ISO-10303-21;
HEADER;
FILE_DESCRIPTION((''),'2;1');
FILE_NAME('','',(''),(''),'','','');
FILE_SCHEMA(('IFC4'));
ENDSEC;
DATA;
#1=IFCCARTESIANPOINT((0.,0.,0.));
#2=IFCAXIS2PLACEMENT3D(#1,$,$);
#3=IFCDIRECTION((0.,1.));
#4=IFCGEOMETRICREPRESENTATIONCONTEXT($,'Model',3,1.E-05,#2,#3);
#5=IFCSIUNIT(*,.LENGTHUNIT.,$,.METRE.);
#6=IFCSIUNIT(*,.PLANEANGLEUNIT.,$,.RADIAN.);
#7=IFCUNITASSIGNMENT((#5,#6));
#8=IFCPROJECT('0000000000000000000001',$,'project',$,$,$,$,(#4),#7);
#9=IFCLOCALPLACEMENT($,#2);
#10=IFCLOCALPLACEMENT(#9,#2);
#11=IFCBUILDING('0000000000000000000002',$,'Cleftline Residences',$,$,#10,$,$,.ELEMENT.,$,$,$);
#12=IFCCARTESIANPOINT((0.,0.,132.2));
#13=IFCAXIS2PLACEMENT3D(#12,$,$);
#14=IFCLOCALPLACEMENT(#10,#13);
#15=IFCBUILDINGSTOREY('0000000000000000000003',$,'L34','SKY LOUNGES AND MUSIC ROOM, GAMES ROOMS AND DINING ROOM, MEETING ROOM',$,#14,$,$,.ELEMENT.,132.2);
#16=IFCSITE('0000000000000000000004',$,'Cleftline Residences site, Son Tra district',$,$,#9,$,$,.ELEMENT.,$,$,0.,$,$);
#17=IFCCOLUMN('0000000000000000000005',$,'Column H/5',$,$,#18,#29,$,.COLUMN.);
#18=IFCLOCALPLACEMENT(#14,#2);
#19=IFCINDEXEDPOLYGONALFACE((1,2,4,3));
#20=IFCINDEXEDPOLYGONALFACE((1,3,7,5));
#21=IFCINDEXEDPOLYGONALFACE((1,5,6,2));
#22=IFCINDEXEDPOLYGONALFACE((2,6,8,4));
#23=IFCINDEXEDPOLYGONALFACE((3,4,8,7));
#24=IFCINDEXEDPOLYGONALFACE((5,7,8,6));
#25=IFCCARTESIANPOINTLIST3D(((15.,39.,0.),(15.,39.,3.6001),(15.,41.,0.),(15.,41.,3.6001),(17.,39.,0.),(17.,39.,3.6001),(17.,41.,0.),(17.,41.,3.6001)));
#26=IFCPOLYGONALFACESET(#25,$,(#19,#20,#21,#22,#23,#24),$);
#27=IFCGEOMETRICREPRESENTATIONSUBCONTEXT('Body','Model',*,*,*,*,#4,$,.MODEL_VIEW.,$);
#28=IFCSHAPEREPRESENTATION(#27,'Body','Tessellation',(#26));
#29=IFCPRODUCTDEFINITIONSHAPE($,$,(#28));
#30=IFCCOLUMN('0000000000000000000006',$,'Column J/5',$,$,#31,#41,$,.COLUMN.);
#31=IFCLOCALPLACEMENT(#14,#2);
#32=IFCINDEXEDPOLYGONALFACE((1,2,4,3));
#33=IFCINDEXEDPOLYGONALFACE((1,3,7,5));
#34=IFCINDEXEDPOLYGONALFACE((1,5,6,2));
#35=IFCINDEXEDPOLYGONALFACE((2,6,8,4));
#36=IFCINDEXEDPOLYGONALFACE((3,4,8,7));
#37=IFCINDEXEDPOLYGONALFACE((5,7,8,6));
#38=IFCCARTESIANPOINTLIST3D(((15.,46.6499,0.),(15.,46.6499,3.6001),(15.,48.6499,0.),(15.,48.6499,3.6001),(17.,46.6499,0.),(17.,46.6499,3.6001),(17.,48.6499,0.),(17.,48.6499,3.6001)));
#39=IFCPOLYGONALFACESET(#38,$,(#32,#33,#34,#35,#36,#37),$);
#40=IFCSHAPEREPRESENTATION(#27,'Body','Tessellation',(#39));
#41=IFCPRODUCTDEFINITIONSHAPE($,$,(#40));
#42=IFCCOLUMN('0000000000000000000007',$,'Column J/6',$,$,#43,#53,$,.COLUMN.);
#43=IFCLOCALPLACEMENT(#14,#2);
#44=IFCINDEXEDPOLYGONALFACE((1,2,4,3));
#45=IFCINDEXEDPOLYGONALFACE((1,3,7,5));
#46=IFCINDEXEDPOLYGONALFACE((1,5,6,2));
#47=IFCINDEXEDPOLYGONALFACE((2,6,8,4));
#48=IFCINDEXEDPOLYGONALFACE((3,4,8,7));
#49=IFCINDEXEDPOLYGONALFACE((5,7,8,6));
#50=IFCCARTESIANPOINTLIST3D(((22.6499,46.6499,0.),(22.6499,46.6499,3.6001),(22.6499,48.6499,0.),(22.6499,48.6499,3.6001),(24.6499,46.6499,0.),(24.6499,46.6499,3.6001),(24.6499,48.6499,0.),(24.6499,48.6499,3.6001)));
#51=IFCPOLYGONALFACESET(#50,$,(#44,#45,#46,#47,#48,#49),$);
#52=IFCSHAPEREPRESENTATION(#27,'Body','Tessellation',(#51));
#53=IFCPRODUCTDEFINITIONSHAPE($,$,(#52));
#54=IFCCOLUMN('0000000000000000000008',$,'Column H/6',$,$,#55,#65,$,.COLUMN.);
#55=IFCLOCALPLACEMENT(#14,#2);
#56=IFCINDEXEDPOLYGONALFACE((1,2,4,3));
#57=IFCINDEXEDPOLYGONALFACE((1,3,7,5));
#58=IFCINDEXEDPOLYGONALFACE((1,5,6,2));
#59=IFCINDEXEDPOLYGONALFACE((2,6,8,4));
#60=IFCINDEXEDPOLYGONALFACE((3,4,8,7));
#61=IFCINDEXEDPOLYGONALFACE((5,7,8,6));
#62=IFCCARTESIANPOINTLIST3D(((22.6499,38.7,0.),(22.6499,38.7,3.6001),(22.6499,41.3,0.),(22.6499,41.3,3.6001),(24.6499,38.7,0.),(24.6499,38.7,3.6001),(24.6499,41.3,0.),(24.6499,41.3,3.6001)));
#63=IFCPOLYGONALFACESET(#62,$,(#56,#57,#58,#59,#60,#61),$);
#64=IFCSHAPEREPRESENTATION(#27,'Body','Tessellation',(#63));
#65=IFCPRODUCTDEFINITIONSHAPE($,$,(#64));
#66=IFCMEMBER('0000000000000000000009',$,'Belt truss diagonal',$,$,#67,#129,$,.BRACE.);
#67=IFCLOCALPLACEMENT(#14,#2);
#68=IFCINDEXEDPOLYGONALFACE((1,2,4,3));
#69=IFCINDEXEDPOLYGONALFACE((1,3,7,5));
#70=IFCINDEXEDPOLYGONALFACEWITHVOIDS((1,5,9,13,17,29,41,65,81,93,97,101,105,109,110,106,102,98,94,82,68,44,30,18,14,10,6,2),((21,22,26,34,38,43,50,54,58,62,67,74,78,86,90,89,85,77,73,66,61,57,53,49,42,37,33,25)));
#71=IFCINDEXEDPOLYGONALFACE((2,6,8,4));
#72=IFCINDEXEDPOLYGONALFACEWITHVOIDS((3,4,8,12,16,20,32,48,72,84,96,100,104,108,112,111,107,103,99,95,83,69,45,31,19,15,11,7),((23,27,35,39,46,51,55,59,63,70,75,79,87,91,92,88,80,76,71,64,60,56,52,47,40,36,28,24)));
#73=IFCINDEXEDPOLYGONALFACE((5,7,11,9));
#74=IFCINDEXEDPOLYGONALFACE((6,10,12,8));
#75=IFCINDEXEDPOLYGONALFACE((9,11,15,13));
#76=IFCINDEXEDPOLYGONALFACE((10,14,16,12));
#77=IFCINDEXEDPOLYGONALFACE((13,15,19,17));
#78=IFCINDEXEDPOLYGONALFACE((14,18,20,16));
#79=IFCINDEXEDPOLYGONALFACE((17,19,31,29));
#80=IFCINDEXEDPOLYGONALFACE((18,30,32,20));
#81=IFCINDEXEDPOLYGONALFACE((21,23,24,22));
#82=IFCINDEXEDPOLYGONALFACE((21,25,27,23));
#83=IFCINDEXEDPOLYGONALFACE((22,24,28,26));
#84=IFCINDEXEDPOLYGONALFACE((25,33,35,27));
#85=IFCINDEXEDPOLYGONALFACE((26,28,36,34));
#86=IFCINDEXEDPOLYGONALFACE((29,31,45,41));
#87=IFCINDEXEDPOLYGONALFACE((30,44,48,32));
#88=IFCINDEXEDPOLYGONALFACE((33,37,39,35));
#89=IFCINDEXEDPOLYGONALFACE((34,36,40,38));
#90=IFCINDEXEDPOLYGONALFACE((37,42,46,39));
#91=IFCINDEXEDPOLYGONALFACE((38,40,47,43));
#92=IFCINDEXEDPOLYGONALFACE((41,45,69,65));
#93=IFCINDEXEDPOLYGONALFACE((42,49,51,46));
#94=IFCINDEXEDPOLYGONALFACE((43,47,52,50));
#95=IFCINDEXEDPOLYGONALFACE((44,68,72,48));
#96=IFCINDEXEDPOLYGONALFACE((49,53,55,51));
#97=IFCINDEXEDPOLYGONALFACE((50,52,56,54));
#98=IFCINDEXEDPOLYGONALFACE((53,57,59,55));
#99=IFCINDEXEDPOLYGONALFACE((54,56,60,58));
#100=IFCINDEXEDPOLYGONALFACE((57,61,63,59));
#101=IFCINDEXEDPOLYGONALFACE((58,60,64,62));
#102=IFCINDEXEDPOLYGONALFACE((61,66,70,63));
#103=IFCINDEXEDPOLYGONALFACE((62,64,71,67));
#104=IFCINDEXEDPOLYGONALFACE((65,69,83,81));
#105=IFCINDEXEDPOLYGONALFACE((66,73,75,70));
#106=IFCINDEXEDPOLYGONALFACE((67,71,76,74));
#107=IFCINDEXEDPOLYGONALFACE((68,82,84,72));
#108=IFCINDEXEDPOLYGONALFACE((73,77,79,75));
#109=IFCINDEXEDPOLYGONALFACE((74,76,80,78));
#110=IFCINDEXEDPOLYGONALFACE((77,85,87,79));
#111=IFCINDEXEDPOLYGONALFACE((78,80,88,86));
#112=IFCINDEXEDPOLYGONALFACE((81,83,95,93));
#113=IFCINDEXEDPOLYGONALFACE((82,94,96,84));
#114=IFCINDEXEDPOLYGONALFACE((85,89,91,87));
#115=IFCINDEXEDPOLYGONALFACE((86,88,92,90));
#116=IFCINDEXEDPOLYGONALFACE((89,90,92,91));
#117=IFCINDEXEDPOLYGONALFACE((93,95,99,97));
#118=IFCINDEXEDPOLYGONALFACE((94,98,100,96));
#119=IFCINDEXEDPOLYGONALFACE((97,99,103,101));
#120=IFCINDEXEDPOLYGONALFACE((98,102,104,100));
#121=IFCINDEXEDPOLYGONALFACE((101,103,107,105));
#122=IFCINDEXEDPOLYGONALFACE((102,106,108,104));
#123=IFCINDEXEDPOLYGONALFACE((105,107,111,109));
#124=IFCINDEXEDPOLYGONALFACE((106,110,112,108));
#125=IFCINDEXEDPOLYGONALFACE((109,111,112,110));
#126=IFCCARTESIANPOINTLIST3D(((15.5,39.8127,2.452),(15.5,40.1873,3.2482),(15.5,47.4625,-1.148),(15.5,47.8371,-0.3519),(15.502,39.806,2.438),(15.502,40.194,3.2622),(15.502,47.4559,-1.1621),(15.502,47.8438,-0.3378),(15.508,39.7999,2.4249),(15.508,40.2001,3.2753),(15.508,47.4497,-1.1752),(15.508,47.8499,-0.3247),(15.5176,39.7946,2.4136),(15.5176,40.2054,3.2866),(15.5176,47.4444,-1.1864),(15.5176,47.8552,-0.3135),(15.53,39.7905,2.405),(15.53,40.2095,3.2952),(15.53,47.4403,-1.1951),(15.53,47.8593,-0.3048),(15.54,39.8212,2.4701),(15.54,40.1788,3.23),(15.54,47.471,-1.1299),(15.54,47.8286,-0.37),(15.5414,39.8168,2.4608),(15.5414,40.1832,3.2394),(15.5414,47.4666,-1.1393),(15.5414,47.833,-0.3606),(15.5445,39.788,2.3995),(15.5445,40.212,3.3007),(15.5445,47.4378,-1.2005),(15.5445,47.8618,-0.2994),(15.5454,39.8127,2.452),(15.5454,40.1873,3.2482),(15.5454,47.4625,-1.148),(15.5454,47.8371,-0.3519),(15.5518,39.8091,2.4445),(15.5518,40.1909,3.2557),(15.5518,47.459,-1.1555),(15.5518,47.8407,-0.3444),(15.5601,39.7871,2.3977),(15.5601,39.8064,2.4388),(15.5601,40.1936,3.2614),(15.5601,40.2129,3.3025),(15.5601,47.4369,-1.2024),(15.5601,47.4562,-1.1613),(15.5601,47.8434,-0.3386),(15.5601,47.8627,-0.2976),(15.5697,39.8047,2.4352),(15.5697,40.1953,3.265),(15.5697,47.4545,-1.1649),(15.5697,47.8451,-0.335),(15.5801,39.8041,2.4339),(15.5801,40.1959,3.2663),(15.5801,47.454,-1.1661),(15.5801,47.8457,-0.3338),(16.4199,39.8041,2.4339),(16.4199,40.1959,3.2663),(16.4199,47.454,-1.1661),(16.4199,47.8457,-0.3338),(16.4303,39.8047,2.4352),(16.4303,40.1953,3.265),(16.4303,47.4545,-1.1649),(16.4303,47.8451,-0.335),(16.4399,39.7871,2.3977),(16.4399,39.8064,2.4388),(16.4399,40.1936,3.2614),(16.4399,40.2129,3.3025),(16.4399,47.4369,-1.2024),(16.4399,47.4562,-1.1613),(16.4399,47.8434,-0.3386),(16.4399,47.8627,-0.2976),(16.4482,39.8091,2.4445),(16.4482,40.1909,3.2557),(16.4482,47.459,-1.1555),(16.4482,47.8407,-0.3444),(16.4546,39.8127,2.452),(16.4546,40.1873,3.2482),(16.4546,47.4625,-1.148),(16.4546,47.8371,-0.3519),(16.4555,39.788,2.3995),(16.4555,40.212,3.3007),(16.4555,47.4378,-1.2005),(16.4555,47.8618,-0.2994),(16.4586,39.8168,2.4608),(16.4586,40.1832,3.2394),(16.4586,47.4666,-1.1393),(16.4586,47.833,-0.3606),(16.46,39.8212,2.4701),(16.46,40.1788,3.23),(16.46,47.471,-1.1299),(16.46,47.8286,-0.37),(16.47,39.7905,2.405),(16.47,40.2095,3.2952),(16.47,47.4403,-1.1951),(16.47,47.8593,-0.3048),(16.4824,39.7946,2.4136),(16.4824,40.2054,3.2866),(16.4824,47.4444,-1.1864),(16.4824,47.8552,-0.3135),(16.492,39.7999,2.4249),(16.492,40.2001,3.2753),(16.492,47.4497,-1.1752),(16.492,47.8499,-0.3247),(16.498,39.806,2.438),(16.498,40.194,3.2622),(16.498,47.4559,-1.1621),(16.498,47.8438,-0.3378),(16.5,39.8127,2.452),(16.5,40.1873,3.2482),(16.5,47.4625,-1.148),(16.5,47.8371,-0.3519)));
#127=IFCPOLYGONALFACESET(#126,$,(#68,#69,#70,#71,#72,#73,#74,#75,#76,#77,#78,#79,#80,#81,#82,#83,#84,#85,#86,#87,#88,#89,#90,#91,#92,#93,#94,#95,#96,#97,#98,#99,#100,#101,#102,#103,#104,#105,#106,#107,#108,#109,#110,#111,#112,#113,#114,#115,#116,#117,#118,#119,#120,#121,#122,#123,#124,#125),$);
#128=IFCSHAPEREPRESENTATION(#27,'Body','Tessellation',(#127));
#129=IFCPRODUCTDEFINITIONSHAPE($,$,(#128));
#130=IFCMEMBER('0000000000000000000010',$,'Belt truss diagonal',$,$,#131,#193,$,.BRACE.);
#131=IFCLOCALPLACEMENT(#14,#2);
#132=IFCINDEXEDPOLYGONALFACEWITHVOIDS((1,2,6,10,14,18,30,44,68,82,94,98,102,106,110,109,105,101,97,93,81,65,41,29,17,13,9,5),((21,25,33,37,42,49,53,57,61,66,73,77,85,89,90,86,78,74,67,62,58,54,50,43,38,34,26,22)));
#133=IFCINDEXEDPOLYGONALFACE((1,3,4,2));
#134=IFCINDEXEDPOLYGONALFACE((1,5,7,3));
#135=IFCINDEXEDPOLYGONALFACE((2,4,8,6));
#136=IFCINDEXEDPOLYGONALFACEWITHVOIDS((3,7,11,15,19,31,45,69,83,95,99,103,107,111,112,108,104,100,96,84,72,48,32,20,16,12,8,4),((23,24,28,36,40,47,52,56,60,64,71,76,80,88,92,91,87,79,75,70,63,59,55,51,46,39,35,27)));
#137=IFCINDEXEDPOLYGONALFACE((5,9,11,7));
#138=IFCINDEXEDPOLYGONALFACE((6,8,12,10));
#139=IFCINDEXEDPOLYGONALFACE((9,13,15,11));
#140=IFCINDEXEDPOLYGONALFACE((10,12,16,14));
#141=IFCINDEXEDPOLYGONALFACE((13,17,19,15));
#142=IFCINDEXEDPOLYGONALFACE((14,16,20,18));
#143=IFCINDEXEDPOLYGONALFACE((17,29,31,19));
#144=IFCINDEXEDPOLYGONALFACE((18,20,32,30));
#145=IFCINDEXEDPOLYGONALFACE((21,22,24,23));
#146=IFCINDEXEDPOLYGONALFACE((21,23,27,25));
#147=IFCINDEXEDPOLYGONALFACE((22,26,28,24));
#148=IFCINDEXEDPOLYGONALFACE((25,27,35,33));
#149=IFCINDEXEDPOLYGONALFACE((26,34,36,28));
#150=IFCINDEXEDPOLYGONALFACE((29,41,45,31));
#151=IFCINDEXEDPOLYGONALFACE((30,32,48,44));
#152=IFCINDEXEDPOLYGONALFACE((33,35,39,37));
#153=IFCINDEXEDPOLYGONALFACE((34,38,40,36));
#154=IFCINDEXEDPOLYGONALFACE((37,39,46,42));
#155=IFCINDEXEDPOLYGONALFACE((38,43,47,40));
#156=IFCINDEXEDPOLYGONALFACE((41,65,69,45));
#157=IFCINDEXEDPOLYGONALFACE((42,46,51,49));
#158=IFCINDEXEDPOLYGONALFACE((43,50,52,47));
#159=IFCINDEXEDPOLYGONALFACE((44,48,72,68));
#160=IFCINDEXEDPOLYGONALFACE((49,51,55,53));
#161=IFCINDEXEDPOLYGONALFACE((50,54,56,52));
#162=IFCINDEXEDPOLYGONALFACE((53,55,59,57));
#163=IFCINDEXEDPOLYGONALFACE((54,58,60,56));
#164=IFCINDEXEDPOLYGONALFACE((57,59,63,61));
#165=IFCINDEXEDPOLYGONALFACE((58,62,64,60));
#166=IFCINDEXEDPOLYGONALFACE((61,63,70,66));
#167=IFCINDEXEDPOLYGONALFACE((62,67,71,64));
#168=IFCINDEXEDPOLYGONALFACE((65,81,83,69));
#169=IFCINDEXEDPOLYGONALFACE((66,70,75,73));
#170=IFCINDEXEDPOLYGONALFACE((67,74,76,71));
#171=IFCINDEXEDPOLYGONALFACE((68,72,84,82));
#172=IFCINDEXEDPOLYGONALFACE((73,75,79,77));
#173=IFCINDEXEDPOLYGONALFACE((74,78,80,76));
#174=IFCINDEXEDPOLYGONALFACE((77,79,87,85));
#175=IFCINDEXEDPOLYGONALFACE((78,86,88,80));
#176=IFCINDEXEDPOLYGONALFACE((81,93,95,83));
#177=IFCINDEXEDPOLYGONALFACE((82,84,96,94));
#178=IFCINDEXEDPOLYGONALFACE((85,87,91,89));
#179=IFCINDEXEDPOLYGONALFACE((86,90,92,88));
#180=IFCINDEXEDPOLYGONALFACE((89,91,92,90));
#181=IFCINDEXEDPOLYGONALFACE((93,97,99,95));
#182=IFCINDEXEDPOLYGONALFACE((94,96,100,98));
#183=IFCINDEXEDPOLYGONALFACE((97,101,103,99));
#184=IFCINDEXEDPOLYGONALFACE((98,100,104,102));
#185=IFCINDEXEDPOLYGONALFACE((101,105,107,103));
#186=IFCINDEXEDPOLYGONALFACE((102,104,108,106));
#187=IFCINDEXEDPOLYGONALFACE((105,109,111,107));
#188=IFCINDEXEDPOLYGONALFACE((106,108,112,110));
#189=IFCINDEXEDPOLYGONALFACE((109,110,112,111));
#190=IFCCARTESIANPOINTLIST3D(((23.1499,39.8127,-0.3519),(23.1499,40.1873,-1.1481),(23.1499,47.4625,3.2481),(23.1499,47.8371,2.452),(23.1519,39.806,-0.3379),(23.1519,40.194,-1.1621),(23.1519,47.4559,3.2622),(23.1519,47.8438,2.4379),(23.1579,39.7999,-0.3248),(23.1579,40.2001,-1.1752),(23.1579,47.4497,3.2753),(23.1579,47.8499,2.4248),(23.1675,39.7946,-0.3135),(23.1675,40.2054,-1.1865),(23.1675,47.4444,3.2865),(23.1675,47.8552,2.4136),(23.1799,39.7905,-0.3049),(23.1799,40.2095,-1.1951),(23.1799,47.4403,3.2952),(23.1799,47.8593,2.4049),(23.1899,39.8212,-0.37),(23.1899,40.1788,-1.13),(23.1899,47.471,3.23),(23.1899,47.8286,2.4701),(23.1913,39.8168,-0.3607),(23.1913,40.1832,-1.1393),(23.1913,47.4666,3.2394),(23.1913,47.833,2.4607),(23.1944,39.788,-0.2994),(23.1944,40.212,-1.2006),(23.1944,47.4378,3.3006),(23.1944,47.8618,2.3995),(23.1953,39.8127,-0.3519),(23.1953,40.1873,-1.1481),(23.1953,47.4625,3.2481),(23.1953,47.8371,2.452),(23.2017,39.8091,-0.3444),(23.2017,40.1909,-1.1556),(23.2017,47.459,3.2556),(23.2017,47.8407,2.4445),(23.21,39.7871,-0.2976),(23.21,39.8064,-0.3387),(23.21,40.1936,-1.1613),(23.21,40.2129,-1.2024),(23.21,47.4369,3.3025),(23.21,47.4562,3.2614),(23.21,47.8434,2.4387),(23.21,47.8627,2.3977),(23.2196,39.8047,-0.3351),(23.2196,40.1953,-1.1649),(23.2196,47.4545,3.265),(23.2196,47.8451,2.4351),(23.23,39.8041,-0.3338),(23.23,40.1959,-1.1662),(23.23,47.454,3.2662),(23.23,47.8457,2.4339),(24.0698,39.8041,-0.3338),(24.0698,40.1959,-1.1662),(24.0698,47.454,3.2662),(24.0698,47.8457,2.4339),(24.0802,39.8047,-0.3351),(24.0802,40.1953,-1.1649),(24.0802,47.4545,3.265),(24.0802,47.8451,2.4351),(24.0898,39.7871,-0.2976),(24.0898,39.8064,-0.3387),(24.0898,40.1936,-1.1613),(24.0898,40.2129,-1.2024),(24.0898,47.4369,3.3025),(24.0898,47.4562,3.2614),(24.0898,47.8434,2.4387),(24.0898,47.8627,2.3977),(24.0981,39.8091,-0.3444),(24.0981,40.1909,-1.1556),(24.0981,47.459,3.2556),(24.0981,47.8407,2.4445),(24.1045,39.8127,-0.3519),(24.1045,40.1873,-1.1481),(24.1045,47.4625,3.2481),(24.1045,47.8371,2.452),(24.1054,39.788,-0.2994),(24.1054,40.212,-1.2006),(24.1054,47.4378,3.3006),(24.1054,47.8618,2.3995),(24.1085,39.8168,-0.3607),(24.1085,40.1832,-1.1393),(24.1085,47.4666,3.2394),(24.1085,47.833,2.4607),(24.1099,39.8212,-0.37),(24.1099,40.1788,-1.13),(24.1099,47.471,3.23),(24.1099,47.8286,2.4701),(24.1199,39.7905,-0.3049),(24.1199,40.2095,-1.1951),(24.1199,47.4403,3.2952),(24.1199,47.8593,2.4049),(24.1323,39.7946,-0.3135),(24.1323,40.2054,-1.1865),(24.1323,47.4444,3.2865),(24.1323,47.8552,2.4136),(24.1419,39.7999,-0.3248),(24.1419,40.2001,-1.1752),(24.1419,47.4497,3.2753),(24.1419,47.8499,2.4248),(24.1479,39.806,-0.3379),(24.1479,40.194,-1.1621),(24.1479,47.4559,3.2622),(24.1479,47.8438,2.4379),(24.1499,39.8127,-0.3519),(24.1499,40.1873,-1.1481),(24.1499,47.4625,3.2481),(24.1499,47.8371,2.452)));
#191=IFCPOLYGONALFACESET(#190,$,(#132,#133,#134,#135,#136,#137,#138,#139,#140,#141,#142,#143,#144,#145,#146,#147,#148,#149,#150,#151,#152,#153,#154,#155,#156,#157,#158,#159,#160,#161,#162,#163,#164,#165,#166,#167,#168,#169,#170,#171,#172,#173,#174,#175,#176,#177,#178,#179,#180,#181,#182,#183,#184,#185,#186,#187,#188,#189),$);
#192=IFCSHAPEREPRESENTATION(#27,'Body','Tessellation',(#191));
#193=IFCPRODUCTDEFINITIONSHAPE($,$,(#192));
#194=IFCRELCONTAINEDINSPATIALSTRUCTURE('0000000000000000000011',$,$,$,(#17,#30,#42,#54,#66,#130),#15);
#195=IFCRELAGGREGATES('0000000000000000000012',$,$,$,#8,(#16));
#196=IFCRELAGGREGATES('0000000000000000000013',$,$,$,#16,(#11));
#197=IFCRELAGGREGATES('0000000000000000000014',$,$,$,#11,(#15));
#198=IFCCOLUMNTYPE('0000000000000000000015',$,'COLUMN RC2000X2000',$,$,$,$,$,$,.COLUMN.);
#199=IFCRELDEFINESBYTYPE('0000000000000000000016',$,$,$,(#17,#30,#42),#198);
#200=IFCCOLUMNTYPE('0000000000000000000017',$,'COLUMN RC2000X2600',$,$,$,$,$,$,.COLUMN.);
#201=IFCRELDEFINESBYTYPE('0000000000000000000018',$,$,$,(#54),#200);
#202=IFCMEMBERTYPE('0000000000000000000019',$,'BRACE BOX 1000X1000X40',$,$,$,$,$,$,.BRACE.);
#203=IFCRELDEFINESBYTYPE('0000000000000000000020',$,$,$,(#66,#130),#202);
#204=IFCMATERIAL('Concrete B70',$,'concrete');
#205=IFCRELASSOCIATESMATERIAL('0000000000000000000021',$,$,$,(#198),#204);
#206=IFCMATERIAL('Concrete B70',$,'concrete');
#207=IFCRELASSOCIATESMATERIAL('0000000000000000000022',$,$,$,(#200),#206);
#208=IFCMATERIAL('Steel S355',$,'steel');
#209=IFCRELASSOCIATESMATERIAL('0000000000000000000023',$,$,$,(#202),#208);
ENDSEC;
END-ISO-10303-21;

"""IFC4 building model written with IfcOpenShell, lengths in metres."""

from ifc_helpers import new_model, si_unit, direction, frame, origin, origin_2d, place, context, subcontext, project, spatial, rectangle, hollow_rectangle, extrude, material, material_profile, profile_set, type_object, element, save


model = new_model("IFC4")

# Units and contexts
model_context = context("Model", 3, precision=1e-05, world=origin(), true_north=direction((0.0, 1.0)))
body_context = subcontext(model_context, "Body", "Model", "MODEL_VIEW")
ifc_project = project(units=[si_unit("LENGTHUNIT", "METRE"), si_unit("PLANEANGLEUNIT", "RADIAN")], contexts=[model_context])

# Site, building, storey
site_placement = place(None, origin())
site = spatial("IfcSite", under=ifc_project, at=site_placement, Name="Cleftline Residences site, Son Tra district", CompositionType="ELEMENT", RefElevation=0.0)
building_placement = place(site_placement, origin())
building = spatial("IfcBuilding", under=site, at=building_placement, Name="Cleftline Residences", CompositionType="ELEMENT")
storey_placement = place(building_placement, frame((0.0, 0.0, 132.2)))
storey = spatial("IfcBuildingStorey", under=building, at=storey_placement, Name="L34", Description="SKY LOUNGES AND MUSIC ROOM, GAMES ROOMS AND DINING ROOM, MEETING ROOM", CompositionType="ELEMENT", Elevation=132.2)

# Columns
ifc_material_1 = material(Name="Concrete B70", Category="concrete")
ifc_material_profile_1 = material_profile(ifc_material_1, rectangle(XDim=2.0, YDim=2.0, at=origin_2d()))
ifc_profile_set_1 = profile_set([ifc_material_profile_1], Name="Concrete B70")
column_type_1 = type_object("IfcColumnType", Name="COLUMN RC2000X2000", PredefinedType="COLUMN", material=ifc_profile_set_1)
for number, where, z_axis, x_axis, name in (
    (1, (16.0, 40.0, 0.0), (0.0, 0.0, 1.0), (1.0, 0.0, 0.0), "Column H/5"),
    (2, (16.0, 47.6499, 0.0), (0.0, 0.0, 1.0), (1.0, 0.0, 0.0), "Column J/5"),
    (3, (23.6499, 47.6499, 0.0), (0.0, 0.0, 1.0), (1.0, 0.0, 0.0), "Column J/6"),
):
    element("IfcColumn", number, at=place(storey_placement, frame(where, z_axis=z_axis, x_axis=x_axis)), inside=storey, type_object=column_type_1, Name=name, PredefinedType="COLUMN", context=body_context, shape_type="SweptSolid", body=[
        extrude(rectangle(XDim=2.0, YDim=2.0, at=origin_2d()), origin(), (0.0, 0.0, 1.0), 3.6001),
    ])
ifc_material_2 = material(Name="Concrete B70", Category="concrete")
ifc_material_profile_2 = material_profile(ifc_material_2, rectangle(XDim=2.0, YDim=2.6001, at=origin_2d()))
ifc_profile_set_2 = profile_set([ifc_material_profile_2], Name="Concrete B70")
column_type_2 = type_object("IfcColumnType", Name="COLUMN RC2000X2600", PredefinedType="COLUMN", material=ifc_profile_set_2)
column_placement = place(storey_placement, frame((23.6499, 40.0, 0.0), z_axis=(0.0, 0.0, 1.0), x_axis=(1.0, 0.0, 0.0)))
element("IfcColumn", 4, at=column_placement, inside=storey, type_object=column_type_2, Name="Column H/6", PredefinedType="COLUMN", context=body_context, shape_type="SweptSolid", body=[
    extrude(rectangle(XDim=2.0, YDim=2.6001, at=origin_2d()), origin(), (0.0, 0.0, 1.0), 3.6001),
])

# Members
ifc_material_3 = material(Name="Steel S355", Category="steel")
ifc_material_profile_3 = material_profile(ifc_material_3, hollow_rectangle(XDim=1.0, YDim=1.0, WallThickness=0.04, InnerFilletRadius=0.04, OuterFilletRadius=0.0601, at=origin_2d()))
ifc_profile_set_3 = profile_set([ifc_material_profile_3], Name="Steel S355")
member_type_1 = type_object("IfcMemberType", Name="BRACE BOX 1000X1000X40", PredefinedType="BRACE", material=ifc_profile_set_3)
for number, where, z_axis, x_axis, name in (
    (5, (16.0, 40.0, 2.8501), (0.0, 0.904812, -0.425811), (0.0, 0.425811, 0.904812), "Belt truss diagonal"),
    (6, (23.6499, 40.0, -0.75), (0.0, 0.904812, 0.425811), (0.0, -0.425811, 0.904812), "Belt truss diagonal"),
):
    element("IfcMember", number, at=place(storey_placement, frame(where, z_axis=z_axis, x_axis=x_axis)), inside=storey, type_object=member_type_1, Name=name, PredefinedType="BRACE", context=body_context, shape_type="SweptSolid", body=[
        extrude(hollow_rectangle(XDim=1.0, YDim=1.0, WallThickness=0.04, InnerFilletRadius=0.04, OuterFilletRadius=0.0601, at=origin_2d()), origin(), (0.0, 0.0, 1.0), 8.4546),
    ])

save(model, "model.ifc")
